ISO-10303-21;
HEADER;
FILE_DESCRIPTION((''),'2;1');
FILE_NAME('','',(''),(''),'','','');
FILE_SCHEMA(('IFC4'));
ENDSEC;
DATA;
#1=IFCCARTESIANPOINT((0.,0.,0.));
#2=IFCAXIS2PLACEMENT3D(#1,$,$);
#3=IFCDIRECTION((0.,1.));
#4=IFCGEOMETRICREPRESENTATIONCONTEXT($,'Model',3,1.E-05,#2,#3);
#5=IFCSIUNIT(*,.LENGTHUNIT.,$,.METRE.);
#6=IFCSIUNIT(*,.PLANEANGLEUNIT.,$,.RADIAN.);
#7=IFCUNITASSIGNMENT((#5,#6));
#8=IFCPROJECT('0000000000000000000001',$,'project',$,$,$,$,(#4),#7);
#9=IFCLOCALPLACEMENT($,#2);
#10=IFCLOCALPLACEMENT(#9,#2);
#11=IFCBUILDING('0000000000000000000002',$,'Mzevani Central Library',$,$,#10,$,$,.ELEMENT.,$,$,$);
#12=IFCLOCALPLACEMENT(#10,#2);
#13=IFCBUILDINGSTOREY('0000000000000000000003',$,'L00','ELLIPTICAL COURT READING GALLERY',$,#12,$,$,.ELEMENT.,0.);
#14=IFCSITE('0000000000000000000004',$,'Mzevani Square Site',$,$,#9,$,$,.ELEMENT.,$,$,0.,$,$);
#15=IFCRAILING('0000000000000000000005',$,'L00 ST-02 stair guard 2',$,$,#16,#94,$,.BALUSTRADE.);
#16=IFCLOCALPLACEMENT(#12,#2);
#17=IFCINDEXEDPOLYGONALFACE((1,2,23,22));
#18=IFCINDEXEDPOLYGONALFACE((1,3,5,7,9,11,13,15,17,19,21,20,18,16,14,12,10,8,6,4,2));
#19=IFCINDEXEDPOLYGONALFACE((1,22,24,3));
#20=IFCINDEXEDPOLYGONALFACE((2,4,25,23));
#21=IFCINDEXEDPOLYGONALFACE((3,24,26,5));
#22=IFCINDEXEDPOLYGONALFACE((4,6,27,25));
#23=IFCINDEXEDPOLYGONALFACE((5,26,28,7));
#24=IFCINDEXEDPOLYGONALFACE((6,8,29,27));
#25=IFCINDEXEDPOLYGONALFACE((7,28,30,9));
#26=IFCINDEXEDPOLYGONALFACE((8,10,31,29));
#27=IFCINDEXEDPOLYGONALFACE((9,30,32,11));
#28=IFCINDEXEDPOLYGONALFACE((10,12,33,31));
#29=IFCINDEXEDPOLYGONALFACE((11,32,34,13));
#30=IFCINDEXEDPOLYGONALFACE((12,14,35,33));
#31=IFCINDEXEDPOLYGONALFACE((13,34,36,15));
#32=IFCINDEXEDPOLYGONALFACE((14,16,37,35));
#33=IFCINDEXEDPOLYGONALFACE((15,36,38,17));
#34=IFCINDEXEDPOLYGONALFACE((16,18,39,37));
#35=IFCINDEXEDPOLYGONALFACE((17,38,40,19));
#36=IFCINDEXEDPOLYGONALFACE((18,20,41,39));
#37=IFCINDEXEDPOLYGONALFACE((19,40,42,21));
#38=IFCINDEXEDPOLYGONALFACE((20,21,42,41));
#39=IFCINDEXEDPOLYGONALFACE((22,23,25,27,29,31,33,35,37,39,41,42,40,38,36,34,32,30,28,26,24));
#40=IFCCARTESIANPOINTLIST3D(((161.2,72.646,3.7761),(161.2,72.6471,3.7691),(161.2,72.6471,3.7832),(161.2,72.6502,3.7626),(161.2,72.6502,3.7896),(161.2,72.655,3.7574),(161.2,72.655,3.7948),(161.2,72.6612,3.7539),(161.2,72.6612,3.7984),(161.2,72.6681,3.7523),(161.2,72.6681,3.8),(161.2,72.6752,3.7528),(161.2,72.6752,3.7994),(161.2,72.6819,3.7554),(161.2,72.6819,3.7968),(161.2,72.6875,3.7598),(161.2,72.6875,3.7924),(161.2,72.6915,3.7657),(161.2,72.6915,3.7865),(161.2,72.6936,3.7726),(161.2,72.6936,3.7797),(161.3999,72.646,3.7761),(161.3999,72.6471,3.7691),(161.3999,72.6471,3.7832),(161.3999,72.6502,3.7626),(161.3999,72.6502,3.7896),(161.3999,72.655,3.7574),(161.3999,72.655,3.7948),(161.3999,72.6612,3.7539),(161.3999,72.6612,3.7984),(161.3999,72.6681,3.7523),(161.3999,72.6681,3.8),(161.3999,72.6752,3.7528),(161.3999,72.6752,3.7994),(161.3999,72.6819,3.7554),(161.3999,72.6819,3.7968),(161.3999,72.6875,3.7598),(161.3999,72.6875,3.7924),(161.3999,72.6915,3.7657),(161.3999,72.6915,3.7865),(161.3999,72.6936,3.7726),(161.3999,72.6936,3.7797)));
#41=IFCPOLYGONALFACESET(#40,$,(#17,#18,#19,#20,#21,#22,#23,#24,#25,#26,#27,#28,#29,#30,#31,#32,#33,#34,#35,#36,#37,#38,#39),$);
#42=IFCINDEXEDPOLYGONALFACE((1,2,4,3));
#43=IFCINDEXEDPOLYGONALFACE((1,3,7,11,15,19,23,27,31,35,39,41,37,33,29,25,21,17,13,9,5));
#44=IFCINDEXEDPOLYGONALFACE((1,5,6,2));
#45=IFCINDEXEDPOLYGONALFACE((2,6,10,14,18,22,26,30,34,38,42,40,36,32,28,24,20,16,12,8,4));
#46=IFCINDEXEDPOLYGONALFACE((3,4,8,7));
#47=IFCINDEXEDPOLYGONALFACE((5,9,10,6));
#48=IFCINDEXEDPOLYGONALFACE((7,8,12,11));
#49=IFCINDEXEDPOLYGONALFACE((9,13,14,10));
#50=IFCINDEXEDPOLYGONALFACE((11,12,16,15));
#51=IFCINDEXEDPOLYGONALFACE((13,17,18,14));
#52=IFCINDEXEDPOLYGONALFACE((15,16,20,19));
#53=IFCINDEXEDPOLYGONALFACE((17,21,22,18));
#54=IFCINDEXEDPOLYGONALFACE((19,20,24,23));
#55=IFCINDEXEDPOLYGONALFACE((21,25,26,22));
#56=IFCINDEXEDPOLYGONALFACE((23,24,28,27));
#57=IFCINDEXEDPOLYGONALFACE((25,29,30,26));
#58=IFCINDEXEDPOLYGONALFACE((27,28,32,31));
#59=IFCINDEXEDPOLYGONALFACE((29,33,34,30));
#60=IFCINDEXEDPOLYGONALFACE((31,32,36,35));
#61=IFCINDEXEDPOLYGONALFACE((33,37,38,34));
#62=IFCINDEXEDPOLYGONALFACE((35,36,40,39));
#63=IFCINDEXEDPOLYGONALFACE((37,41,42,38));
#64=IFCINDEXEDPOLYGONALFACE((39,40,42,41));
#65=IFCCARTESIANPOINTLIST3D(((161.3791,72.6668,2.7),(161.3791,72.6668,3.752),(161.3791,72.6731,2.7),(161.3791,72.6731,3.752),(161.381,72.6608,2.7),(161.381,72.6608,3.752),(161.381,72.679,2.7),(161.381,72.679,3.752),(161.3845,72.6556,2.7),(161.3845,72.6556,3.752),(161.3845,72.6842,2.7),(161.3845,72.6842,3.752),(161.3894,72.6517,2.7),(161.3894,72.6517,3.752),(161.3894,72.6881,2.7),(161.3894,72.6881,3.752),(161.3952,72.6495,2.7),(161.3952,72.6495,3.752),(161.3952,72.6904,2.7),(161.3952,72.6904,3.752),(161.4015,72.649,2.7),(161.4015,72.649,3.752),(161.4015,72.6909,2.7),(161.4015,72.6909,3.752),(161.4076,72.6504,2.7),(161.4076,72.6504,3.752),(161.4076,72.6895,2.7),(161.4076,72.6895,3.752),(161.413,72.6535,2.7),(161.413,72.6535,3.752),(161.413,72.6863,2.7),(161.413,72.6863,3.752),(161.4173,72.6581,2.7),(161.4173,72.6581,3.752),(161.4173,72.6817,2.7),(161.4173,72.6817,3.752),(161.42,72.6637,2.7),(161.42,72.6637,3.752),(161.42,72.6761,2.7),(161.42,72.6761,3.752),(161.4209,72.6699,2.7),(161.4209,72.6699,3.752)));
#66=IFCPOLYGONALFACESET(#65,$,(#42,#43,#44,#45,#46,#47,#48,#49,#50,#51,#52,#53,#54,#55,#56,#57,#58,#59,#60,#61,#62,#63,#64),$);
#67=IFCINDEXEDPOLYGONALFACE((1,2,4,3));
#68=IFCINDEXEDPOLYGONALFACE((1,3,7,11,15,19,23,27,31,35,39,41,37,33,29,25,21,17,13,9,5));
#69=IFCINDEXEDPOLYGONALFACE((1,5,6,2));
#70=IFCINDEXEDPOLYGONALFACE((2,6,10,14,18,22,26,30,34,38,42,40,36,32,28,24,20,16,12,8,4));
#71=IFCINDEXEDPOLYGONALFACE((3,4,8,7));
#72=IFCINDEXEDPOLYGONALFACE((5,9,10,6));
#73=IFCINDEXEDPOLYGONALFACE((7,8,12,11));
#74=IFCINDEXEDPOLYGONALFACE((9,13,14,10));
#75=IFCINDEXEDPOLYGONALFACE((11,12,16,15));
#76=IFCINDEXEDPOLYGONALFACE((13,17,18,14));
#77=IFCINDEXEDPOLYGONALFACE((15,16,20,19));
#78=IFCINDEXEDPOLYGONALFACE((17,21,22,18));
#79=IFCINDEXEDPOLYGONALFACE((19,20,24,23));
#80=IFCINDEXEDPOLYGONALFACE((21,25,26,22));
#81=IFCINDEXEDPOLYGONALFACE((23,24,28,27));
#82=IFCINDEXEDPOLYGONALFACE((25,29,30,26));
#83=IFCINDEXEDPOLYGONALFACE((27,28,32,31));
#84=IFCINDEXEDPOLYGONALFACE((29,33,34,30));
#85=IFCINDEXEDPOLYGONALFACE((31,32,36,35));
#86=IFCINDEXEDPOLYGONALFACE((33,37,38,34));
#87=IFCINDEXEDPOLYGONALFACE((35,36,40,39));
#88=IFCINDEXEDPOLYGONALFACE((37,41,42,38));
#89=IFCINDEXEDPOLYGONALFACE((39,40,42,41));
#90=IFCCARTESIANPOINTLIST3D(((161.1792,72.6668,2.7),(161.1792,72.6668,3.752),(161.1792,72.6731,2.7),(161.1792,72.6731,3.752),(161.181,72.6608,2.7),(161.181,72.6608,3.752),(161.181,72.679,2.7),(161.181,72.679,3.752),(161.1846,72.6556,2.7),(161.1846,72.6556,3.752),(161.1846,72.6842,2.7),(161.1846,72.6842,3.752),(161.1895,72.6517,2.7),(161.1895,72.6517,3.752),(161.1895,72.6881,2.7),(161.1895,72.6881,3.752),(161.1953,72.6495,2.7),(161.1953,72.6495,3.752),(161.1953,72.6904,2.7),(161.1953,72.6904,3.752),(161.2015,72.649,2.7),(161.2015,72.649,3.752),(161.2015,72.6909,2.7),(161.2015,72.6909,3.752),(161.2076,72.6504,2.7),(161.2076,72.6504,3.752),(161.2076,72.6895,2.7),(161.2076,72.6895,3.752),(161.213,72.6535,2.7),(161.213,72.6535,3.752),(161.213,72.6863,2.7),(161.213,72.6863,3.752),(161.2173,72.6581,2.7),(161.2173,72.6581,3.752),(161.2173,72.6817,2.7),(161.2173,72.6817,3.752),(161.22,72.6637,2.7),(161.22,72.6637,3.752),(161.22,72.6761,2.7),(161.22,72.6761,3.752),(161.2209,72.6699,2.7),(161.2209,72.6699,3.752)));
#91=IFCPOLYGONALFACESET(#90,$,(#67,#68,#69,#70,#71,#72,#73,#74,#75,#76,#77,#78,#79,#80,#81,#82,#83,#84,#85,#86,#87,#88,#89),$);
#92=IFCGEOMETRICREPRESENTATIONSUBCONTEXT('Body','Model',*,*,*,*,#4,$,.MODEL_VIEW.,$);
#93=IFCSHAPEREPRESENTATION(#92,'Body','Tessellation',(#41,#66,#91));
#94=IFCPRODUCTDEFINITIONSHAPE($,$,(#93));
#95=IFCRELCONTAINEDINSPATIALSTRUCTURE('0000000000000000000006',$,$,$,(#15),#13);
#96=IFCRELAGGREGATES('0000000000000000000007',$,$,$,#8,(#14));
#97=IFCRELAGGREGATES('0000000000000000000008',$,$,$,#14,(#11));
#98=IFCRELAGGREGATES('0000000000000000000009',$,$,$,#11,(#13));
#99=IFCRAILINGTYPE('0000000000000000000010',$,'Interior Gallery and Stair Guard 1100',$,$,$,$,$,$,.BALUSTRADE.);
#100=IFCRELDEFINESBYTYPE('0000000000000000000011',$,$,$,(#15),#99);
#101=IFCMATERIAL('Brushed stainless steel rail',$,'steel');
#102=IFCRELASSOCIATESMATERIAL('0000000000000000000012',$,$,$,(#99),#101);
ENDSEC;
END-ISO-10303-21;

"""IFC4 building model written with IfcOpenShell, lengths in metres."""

from ifc_helpers import new_model, si_unit, direction, frame, origin, origin_2d, place, context, subcontext, project, spatial, circle, extrude, material, type_object, element, save


model = new_model("IFC4")

# Units and contexts
model_context = context("Model", 3, precision=1e-05, world=origin(), true_north=direction((0.0, 1.0)))
body_context = subcontext(model_context, "Body", "Model", "MODEL_VIEW")
ifc_project = project(units=[si_unit("LENGTHUNIT", "METRE"), si_unit("PLANEANGLEUNIT", "RADIAN")], contexts=[model_context])

# Site, building, storey
site_placement = place(None, origin())
site = spatial("IfcSite", under=ifc_project, at=site_placement, Name="Mzevani Square Site", CompositionType="ELEMENT", RefElevation=0.0)
building_placement = place(site_placement, origin())
building = spatial("IfcBuilding", under=site, at=building_placement, Name="Mzevani Central Library", CompositionType="ELEMENT")
storey_placement = place(building_placement, origin())
storey = spatial("IfcBuildingStorey", under=building, at=storey_placement, Name="L00", Description="ELLIPTICAL COURT READING GALLERY", CompositionType="ELEMENT", Elevation=0.0)

# Railing
ifc_material_1 = material(Name="Brushed stainless steel rail", Category="steel")
railing_type_1 = type_object("IfcRailingType", Name="Interior Gallery and Stair Guard 1100", PredefinedType="BALUSTRADE", material=ifc_material_1)
railing_1_placement = place(storey_placement, frame((161.3999, 72.6699, 2.7)))
element("IfcRailing", 1, at=railing_1_placement, inside=storey, type_object=railing_type_1, Name="L00 ST-02 stair guard 2", PredefinedType="BALUSTRADE", context=body_context, shape_type="SweptSolid", body=[
    extrude(circle(Radius=0.0239, at=origin_2d()), frame((0.0, 0.0, 1.0762), z_axis=(-1.0, 0.0, 0.0), x_axis=(0.0, -1.0, 0.0)), (0.0, 0.0, 1.0), 0.2),
    extrude(circle(Radius=0.021, at=origin_2d()), origin(), (0.0, 0.0, 1.0), 1.052),
    extrude(circle(Radius=0.021, at=origin_2d()), frame((-0.2, 0.0, 0.0)), (0.0, 0.0, 1.0), 1.052),
])

save(model, "model.ifc")
